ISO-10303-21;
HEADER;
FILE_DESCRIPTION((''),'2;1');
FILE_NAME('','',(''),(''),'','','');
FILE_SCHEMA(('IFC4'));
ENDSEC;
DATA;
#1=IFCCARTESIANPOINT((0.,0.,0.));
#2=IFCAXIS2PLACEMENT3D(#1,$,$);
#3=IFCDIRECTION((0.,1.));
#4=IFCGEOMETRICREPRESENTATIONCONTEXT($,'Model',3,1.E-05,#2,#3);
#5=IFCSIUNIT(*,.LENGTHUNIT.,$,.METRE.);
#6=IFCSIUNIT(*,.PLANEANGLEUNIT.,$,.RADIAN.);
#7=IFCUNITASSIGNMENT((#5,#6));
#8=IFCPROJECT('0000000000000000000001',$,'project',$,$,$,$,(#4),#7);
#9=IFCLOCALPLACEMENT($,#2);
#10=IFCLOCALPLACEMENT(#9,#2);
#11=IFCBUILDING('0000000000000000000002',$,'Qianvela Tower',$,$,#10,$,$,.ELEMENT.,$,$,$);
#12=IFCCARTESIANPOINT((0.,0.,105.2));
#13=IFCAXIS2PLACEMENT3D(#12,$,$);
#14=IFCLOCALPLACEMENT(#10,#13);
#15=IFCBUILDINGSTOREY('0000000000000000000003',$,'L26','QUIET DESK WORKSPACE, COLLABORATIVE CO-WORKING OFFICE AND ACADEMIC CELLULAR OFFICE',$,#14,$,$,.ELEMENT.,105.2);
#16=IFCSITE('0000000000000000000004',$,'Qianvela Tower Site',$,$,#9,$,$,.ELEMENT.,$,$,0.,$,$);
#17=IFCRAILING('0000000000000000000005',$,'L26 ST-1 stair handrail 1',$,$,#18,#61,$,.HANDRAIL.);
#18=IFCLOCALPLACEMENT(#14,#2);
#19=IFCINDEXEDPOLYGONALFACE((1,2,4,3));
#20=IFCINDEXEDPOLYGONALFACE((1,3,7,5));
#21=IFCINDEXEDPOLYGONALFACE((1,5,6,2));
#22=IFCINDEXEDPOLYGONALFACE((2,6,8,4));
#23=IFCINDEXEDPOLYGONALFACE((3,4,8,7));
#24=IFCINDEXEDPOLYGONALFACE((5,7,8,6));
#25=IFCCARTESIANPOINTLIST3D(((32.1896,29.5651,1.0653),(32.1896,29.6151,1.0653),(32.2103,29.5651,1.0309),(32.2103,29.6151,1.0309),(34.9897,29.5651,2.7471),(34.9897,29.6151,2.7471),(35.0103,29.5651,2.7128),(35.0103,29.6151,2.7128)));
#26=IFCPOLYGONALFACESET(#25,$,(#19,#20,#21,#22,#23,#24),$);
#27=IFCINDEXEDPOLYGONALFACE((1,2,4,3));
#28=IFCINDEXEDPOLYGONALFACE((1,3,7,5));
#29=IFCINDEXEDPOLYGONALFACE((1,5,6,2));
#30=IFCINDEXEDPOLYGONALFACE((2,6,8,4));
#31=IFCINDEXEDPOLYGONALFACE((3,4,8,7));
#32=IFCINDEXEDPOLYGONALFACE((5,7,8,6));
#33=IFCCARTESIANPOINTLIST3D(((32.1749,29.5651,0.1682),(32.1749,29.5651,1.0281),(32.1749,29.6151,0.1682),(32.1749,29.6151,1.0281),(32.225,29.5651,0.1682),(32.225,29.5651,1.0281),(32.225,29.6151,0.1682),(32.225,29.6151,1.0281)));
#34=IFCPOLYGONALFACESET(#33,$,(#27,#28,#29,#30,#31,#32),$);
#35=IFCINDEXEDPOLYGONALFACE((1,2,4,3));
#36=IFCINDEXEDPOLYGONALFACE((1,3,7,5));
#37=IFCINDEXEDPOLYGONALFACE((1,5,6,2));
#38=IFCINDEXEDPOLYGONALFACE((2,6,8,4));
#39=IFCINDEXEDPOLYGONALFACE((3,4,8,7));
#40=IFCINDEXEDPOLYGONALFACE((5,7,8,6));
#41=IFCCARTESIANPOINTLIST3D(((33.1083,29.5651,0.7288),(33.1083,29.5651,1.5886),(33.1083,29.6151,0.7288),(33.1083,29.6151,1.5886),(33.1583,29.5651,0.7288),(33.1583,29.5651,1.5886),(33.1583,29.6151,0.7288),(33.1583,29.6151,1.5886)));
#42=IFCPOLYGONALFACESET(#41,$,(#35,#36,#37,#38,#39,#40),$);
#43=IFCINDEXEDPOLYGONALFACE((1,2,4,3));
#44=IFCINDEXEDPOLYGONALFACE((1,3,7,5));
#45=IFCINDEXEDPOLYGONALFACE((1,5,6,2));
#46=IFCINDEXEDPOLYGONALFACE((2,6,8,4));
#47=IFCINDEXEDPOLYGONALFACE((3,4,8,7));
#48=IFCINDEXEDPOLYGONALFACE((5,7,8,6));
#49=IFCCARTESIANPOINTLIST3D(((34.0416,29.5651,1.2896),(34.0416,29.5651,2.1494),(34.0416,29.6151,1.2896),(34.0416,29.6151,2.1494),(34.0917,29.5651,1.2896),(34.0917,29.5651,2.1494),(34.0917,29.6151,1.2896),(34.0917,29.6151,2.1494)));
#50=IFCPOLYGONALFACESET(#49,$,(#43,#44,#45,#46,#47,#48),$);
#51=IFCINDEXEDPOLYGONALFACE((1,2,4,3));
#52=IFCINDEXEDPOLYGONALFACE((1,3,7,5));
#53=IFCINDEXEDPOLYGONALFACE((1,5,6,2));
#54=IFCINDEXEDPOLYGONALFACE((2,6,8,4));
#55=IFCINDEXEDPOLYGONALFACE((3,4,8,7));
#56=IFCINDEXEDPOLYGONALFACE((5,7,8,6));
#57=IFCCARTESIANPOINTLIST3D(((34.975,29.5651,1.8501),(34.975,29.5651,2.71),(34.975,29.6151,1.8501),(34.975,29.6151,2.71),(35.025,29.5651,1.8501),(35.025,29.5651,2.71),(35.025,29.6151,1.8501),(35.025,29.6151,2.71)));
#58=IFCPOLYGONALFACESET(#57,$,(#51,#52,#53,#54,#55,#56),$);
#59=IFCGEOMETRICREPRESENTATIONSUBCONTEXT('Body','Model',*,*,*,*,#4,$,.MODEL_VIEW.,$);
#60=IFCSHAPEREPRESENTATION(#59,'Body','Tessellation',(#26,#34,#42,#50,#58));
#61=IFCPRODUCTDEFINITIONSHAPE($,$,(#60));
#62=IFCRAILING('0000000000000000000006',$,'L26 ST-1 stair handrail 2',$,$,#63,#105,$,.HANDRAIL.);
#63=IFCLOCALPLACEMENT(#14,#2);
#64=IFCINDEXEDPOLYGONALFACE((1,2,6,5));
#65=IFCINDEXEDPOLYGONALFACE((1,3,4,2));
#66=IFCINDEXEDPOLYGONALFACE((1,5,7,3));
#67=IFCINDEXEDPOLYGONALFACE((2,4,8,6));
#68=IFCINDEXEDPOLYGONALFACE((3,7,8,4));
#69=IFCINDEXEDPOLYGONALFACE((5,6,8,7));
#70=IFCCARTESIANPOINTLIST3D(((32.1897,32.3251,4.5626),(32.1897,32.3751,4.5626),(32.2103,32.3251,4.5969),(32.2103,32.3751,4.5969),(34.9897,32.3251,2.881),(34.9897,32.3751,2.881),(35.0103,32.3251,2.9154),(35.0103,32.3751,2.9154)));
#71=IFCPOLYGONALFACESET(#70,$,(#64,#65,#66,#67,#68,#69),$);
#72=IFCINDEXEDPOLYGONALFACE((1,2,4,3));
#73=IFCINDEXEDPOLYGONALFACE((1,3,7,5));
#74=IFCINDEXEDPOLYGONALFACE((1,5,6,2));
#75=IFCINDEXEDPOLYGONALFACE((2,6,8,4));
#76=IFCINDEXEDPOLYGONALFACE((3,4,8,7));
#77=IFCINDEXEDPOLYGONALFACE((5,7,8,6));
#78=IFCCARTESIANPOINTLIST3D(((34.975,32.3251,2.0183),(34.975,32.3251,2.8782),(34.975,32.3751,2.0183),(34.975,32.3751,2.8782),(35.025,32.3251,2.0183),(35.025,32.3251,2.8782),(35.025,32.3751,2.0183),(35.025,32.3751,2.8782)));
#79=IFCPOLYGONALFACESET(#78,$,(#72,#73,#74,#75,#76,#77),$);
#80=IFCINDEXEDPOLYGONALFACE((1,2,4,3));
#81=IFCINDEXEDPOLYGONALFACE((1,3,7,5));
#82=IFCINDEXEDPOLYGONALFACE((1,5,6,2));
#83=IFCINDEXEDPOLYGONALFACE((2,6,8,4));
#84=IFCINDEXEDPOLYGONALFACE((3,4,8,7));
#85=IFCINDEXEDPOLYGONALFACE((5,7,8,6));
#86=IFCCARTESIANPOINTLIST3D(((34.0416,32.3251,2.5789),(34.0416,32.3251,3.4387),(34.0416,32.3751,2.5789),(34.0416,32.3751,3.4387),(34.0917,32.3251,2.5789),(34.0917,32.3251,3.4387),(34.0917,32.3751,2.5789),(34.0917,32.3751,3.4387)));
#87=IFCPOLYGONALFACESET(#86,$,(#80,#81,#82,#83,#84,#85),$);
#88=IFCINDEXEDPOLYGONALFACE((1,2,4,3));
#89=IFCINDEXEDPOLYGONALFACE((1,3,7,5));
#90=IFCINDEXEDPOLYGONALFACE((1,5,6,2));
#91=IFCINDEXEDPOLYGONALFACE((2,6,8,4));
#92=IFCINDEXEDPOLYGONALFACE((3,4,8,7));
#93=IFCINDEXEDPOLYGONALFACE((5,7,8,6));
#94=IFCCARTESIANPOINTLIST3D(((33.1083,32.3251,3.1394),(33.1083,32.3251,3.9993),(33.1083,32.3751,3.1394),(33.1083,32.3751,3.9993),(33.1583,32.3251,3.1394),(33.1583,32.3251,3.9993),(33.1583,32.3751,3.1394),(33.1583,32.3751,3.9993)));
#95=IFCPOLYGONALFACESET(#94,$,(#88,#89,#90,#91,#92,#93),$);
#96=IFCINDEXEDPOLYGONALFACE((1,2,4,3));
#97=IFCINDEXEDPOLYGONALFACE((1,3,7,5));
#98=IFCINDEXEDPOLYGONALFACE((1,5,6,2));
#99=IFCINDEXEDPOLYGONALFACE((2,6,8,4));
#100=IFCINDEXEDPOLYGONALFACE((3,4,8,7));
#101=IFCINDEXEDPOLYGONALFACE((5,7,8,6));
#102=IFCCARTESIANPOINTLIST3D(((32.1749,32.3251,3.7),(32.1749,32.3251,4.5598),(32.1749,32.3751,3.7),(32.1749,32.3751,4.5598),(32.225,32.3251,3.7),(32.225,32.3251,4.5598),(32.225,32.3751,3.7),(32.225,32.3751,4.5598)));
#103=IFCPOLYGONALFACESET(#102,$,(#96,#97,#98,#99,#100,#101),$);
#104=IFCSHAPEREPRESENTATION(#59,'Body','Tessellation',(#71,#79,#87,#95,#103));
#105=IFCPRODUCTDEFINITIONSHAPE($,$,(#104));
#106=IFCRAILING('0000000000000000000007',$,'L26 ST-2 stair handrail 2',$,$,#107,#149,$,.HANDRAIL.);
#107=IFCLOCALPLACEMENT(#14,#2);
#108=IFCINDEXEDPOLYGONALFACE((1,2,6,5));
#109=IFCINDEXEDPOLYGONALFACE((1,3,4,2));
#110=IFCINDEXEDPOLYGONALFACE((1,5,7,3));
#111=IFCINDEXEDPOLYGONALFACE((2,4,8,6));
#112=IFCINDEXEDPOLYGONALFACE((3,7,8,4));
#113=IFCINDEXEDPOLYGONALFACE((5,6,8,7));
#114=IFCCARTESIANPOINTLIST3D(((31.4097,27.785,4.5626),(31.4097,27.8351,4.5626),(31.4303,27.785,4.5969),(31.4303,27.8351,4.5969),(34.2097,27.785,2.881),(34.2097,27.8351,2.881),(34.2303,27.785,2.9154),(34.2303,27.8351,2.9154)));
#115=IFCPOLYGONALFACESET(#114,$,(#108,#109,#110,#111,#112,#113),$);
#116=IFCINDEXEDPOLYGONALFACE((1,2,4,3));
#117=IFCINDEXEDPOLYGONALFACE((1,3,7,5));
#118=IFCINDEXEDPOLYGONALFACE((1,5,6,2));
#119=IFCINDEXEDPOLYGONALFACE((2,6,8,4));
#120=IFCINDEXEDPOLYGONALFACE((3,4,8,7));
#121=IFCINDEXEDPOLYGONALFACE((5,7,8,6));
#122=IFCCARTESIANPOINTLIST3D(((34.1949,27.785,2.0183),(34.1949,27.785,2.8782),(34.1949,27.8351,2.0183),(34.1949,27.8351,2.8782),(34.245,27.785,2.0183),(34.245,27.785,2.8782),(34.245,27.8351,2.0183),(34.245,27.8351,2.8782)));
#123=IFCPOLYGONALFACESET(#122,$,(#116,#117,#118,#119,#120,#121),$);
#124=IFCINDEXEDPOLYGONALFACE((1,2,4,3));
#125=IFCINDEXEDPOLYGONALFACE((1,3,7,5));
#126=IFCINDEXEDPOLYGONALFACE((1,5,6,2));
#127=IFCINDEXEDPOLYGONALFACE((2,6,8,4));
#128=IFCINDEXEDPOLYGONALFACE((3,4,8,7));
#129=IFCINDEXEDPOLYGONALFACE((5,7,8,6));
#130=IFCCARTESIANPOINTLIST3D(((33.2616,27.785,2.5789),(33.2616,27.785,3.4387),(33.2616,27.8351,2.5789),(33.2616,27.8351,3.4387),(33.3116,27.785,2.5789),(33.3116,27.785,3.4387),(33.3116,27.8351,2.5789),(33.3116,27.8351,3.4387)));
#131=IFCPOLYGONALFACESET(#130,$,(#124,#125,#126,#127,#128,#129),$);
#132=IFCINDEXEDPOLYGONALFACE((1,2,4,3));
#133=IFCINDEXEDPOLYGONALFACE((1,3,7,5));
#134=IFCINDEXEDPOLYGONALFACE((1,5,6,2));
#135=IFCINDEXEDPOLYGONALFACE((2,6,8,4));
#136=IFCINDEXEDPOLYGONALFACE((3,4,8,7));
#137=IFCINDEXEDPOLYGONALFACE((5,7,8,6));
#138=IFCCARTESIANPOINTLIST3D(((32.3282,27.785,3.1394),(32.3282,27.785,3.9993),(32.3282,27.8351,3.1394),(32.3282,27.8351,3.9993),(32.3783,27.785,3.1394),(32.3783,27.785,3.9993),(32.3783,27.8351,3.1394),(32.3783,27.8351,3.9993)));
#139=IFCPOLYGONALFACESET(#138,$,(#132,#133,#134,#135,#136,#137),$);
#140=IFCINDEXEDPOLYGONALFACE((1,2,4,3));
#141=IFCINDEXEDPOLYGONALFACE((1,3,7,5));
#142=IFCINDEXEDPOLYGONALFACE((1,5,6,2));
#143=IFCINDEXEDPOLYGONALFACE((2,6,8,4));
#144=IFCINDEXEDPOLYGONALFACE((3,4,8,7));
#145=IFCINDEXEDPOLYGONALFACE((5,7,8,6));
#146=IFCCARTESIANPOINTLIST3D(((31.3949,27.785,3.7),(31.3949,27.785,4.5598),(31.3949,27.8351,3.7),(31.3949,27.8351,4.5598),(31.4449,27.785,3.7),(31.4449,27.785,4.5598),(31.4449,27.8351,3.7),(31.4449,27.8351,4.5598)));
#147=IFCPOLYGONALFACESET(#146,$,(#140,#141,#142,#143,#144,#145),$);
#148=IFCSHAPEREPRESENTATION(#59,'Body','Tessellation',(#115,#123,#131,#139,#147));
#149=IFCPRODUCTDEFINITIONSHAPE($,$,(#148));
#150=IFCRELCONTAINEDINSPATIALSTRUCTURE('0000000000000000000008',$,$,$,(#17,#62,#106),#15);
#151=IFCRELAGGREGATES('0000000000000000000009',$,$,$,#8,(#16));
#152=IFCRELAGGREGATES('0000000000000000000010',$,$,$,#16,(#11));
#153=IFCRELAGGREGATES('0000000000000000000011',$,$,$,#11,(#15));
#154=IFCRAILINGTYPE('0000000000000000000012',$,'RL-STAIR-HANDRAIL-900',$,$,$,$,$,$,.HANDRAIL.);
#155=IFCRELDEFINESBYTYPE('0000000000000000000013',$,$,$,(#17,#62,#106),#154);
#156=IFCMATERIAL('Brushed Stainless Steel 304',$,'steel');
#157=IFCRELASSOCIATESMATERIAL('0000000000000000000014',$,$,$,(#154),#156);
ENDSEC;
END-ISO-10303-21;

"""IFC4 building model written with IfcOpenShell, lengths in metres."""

from ifc_helpers import new_model, si_unit, direction, frame, origin, origin_2d, place, context, subcontext, project, spatial, rectangle, extrude, material, type_object, element, save


model = new_model("IFC4")

# Units and contexts
model_context = context("Model", 3, precision=1e-05, world=origin(), true_north=direction((0.0, 1.0)))
body_context = subcontext(model_context, "Body", "Model", "MODEL_VIEW")
ifc_project = project(units=[si_unit("LENGTHUNIT", "METRE"), si_unit("PLANEANGLEUNIT", "RADIAN")], contexts=[model_context])

# Site, building, storey
site_placement = place(None, origin())
site = spatial("IfcSite", under=ifc_project, at=site_placement, Name="Qianvela Tower Site", CompositionType="ELEMENT", RefElevation=0.0)
building_placement = place(site_placement, origin())
building = spatial("IfcBuilding", under=site, at=building_placement, Name="Qianvela Tower", CompositionType="ELEMENT")
storey_placement = place(building_placement, frame((0.0, 0.0, 105.2)))
storey = spatial("IfcBuildingStorey", under=building, at=storey_placement, Name="L26", Description="QUIET DESK WORKSPACE, COLLABORATIVE CO-WORKING OFFICE AND ACADEMIC CELLULAR OFFICE", CompositionType="ELEMENT", Elevation=105.2)

# Railings
ifc_material_1 = material(Name="Brushed Stainless Steel 304", Category="steel")
railing_type_1 = type_object("IfcRailingType", Name="RL-STAIR-HANDRAIL-900", PredefinedType="HANDRAIL", material=ifc_material_1)
railing_1_placement = place(storey_placement, frame((32.2, 29.5901, 0.1682)))
element("IfcRailing", 1, at=railing_1_placement, inside=storey, type_object=railing_type_1, Name="L26 ST-1 stair handrail 1", PredefinedType="HANDRAIL", context=body_context, shape_type="SweptSolid", body=[
    extrude(rectangle(XDim=0.05, YDim=0.04, at=origin_2d()), frame((0.0, 0.0, 0.8799), z_axis=(0.857242, 0.0, 0.514913), x_axis=(0.0, 1.0, 0.0)), (0.0, 0.0, 1.0), 3.2664),
    extrude(rectangle(XDim=0.05, YDim=0.05, at=origin_2d()), origin(), (0.0, 0.0, 1.0), 0.8599),
    extrude(rectangle(XDim=0.05, YDim=0.05, at=origin_2d()), frame((0.9333, 0.0, 0.5605)), (0.0, 0.0, 1.0), 0.8599),
    extrude(rectangle(XDim=0.05, YDim=0.05, at=origin_2d()), frame((1.8667, 0.0, 1.1213)), (0.0, 0.0, 1.0), 0.8599),
    extrude(rectangle(XDim=0.05, YDim=0.05, at=origin_2d()), frame((2.8, 0.0, 1.6819)), (0.0, 0.0, 1.0), 0.8599),
])
for number, where, name in (
    (2, (35.0, 32.3501, 2.0183), "L26 ST-1 stair handrail 2"),
    (3, (34.22, 27.8101, 2.0183), "L26 ST-2 stair handrail 2"),
):
    element("IfcRailing", number, at=place(storey_placement, frame(where)), inside=storey, type_object=railing_type_1, Name=name, PredefinedType="HANDRAIL", context=body_context, shape_type="SweptSolid", body=[
        extrude(rectangle(XDim=0.05, YDim=0.04, at=origin_2d()), frame((0.0, 0.0, 0.8799), z_axis=(-0.857275, 0.0, 0.514858), x_axis=(0.0, -1.0, 0.0)), (0.0, 0.0, 1.0), 3.2661),
        extrude(rectangle(XDim=0.05, YDim=0.05, at=origin_2d()), origin(), (0.0, 0.0, 1.0), 0.8599),
        extrude(rectangle(XDim=0.05, YDim=0.05, at=origin_2d()), frame((-0.9333, 0.0, 0.5605)), (0.0, 0.0, 1.0), 0.8599),
        extrude(rectangle(XDim=0.05, YDim=0.05, at=origin_2d()), frame((-1.8667, 0.0, 1.1211)), (0.0, 0.0, 1.0), 0.8599),
        extrude(rectangle(XDim=0.05, YDim=0.05, at=origin_2d()), frame((-2.8, 0.0, 1.6816)), (0.0, 0.0, 1.0), 0.8599),
    ])

save(model, "model.ifc")
